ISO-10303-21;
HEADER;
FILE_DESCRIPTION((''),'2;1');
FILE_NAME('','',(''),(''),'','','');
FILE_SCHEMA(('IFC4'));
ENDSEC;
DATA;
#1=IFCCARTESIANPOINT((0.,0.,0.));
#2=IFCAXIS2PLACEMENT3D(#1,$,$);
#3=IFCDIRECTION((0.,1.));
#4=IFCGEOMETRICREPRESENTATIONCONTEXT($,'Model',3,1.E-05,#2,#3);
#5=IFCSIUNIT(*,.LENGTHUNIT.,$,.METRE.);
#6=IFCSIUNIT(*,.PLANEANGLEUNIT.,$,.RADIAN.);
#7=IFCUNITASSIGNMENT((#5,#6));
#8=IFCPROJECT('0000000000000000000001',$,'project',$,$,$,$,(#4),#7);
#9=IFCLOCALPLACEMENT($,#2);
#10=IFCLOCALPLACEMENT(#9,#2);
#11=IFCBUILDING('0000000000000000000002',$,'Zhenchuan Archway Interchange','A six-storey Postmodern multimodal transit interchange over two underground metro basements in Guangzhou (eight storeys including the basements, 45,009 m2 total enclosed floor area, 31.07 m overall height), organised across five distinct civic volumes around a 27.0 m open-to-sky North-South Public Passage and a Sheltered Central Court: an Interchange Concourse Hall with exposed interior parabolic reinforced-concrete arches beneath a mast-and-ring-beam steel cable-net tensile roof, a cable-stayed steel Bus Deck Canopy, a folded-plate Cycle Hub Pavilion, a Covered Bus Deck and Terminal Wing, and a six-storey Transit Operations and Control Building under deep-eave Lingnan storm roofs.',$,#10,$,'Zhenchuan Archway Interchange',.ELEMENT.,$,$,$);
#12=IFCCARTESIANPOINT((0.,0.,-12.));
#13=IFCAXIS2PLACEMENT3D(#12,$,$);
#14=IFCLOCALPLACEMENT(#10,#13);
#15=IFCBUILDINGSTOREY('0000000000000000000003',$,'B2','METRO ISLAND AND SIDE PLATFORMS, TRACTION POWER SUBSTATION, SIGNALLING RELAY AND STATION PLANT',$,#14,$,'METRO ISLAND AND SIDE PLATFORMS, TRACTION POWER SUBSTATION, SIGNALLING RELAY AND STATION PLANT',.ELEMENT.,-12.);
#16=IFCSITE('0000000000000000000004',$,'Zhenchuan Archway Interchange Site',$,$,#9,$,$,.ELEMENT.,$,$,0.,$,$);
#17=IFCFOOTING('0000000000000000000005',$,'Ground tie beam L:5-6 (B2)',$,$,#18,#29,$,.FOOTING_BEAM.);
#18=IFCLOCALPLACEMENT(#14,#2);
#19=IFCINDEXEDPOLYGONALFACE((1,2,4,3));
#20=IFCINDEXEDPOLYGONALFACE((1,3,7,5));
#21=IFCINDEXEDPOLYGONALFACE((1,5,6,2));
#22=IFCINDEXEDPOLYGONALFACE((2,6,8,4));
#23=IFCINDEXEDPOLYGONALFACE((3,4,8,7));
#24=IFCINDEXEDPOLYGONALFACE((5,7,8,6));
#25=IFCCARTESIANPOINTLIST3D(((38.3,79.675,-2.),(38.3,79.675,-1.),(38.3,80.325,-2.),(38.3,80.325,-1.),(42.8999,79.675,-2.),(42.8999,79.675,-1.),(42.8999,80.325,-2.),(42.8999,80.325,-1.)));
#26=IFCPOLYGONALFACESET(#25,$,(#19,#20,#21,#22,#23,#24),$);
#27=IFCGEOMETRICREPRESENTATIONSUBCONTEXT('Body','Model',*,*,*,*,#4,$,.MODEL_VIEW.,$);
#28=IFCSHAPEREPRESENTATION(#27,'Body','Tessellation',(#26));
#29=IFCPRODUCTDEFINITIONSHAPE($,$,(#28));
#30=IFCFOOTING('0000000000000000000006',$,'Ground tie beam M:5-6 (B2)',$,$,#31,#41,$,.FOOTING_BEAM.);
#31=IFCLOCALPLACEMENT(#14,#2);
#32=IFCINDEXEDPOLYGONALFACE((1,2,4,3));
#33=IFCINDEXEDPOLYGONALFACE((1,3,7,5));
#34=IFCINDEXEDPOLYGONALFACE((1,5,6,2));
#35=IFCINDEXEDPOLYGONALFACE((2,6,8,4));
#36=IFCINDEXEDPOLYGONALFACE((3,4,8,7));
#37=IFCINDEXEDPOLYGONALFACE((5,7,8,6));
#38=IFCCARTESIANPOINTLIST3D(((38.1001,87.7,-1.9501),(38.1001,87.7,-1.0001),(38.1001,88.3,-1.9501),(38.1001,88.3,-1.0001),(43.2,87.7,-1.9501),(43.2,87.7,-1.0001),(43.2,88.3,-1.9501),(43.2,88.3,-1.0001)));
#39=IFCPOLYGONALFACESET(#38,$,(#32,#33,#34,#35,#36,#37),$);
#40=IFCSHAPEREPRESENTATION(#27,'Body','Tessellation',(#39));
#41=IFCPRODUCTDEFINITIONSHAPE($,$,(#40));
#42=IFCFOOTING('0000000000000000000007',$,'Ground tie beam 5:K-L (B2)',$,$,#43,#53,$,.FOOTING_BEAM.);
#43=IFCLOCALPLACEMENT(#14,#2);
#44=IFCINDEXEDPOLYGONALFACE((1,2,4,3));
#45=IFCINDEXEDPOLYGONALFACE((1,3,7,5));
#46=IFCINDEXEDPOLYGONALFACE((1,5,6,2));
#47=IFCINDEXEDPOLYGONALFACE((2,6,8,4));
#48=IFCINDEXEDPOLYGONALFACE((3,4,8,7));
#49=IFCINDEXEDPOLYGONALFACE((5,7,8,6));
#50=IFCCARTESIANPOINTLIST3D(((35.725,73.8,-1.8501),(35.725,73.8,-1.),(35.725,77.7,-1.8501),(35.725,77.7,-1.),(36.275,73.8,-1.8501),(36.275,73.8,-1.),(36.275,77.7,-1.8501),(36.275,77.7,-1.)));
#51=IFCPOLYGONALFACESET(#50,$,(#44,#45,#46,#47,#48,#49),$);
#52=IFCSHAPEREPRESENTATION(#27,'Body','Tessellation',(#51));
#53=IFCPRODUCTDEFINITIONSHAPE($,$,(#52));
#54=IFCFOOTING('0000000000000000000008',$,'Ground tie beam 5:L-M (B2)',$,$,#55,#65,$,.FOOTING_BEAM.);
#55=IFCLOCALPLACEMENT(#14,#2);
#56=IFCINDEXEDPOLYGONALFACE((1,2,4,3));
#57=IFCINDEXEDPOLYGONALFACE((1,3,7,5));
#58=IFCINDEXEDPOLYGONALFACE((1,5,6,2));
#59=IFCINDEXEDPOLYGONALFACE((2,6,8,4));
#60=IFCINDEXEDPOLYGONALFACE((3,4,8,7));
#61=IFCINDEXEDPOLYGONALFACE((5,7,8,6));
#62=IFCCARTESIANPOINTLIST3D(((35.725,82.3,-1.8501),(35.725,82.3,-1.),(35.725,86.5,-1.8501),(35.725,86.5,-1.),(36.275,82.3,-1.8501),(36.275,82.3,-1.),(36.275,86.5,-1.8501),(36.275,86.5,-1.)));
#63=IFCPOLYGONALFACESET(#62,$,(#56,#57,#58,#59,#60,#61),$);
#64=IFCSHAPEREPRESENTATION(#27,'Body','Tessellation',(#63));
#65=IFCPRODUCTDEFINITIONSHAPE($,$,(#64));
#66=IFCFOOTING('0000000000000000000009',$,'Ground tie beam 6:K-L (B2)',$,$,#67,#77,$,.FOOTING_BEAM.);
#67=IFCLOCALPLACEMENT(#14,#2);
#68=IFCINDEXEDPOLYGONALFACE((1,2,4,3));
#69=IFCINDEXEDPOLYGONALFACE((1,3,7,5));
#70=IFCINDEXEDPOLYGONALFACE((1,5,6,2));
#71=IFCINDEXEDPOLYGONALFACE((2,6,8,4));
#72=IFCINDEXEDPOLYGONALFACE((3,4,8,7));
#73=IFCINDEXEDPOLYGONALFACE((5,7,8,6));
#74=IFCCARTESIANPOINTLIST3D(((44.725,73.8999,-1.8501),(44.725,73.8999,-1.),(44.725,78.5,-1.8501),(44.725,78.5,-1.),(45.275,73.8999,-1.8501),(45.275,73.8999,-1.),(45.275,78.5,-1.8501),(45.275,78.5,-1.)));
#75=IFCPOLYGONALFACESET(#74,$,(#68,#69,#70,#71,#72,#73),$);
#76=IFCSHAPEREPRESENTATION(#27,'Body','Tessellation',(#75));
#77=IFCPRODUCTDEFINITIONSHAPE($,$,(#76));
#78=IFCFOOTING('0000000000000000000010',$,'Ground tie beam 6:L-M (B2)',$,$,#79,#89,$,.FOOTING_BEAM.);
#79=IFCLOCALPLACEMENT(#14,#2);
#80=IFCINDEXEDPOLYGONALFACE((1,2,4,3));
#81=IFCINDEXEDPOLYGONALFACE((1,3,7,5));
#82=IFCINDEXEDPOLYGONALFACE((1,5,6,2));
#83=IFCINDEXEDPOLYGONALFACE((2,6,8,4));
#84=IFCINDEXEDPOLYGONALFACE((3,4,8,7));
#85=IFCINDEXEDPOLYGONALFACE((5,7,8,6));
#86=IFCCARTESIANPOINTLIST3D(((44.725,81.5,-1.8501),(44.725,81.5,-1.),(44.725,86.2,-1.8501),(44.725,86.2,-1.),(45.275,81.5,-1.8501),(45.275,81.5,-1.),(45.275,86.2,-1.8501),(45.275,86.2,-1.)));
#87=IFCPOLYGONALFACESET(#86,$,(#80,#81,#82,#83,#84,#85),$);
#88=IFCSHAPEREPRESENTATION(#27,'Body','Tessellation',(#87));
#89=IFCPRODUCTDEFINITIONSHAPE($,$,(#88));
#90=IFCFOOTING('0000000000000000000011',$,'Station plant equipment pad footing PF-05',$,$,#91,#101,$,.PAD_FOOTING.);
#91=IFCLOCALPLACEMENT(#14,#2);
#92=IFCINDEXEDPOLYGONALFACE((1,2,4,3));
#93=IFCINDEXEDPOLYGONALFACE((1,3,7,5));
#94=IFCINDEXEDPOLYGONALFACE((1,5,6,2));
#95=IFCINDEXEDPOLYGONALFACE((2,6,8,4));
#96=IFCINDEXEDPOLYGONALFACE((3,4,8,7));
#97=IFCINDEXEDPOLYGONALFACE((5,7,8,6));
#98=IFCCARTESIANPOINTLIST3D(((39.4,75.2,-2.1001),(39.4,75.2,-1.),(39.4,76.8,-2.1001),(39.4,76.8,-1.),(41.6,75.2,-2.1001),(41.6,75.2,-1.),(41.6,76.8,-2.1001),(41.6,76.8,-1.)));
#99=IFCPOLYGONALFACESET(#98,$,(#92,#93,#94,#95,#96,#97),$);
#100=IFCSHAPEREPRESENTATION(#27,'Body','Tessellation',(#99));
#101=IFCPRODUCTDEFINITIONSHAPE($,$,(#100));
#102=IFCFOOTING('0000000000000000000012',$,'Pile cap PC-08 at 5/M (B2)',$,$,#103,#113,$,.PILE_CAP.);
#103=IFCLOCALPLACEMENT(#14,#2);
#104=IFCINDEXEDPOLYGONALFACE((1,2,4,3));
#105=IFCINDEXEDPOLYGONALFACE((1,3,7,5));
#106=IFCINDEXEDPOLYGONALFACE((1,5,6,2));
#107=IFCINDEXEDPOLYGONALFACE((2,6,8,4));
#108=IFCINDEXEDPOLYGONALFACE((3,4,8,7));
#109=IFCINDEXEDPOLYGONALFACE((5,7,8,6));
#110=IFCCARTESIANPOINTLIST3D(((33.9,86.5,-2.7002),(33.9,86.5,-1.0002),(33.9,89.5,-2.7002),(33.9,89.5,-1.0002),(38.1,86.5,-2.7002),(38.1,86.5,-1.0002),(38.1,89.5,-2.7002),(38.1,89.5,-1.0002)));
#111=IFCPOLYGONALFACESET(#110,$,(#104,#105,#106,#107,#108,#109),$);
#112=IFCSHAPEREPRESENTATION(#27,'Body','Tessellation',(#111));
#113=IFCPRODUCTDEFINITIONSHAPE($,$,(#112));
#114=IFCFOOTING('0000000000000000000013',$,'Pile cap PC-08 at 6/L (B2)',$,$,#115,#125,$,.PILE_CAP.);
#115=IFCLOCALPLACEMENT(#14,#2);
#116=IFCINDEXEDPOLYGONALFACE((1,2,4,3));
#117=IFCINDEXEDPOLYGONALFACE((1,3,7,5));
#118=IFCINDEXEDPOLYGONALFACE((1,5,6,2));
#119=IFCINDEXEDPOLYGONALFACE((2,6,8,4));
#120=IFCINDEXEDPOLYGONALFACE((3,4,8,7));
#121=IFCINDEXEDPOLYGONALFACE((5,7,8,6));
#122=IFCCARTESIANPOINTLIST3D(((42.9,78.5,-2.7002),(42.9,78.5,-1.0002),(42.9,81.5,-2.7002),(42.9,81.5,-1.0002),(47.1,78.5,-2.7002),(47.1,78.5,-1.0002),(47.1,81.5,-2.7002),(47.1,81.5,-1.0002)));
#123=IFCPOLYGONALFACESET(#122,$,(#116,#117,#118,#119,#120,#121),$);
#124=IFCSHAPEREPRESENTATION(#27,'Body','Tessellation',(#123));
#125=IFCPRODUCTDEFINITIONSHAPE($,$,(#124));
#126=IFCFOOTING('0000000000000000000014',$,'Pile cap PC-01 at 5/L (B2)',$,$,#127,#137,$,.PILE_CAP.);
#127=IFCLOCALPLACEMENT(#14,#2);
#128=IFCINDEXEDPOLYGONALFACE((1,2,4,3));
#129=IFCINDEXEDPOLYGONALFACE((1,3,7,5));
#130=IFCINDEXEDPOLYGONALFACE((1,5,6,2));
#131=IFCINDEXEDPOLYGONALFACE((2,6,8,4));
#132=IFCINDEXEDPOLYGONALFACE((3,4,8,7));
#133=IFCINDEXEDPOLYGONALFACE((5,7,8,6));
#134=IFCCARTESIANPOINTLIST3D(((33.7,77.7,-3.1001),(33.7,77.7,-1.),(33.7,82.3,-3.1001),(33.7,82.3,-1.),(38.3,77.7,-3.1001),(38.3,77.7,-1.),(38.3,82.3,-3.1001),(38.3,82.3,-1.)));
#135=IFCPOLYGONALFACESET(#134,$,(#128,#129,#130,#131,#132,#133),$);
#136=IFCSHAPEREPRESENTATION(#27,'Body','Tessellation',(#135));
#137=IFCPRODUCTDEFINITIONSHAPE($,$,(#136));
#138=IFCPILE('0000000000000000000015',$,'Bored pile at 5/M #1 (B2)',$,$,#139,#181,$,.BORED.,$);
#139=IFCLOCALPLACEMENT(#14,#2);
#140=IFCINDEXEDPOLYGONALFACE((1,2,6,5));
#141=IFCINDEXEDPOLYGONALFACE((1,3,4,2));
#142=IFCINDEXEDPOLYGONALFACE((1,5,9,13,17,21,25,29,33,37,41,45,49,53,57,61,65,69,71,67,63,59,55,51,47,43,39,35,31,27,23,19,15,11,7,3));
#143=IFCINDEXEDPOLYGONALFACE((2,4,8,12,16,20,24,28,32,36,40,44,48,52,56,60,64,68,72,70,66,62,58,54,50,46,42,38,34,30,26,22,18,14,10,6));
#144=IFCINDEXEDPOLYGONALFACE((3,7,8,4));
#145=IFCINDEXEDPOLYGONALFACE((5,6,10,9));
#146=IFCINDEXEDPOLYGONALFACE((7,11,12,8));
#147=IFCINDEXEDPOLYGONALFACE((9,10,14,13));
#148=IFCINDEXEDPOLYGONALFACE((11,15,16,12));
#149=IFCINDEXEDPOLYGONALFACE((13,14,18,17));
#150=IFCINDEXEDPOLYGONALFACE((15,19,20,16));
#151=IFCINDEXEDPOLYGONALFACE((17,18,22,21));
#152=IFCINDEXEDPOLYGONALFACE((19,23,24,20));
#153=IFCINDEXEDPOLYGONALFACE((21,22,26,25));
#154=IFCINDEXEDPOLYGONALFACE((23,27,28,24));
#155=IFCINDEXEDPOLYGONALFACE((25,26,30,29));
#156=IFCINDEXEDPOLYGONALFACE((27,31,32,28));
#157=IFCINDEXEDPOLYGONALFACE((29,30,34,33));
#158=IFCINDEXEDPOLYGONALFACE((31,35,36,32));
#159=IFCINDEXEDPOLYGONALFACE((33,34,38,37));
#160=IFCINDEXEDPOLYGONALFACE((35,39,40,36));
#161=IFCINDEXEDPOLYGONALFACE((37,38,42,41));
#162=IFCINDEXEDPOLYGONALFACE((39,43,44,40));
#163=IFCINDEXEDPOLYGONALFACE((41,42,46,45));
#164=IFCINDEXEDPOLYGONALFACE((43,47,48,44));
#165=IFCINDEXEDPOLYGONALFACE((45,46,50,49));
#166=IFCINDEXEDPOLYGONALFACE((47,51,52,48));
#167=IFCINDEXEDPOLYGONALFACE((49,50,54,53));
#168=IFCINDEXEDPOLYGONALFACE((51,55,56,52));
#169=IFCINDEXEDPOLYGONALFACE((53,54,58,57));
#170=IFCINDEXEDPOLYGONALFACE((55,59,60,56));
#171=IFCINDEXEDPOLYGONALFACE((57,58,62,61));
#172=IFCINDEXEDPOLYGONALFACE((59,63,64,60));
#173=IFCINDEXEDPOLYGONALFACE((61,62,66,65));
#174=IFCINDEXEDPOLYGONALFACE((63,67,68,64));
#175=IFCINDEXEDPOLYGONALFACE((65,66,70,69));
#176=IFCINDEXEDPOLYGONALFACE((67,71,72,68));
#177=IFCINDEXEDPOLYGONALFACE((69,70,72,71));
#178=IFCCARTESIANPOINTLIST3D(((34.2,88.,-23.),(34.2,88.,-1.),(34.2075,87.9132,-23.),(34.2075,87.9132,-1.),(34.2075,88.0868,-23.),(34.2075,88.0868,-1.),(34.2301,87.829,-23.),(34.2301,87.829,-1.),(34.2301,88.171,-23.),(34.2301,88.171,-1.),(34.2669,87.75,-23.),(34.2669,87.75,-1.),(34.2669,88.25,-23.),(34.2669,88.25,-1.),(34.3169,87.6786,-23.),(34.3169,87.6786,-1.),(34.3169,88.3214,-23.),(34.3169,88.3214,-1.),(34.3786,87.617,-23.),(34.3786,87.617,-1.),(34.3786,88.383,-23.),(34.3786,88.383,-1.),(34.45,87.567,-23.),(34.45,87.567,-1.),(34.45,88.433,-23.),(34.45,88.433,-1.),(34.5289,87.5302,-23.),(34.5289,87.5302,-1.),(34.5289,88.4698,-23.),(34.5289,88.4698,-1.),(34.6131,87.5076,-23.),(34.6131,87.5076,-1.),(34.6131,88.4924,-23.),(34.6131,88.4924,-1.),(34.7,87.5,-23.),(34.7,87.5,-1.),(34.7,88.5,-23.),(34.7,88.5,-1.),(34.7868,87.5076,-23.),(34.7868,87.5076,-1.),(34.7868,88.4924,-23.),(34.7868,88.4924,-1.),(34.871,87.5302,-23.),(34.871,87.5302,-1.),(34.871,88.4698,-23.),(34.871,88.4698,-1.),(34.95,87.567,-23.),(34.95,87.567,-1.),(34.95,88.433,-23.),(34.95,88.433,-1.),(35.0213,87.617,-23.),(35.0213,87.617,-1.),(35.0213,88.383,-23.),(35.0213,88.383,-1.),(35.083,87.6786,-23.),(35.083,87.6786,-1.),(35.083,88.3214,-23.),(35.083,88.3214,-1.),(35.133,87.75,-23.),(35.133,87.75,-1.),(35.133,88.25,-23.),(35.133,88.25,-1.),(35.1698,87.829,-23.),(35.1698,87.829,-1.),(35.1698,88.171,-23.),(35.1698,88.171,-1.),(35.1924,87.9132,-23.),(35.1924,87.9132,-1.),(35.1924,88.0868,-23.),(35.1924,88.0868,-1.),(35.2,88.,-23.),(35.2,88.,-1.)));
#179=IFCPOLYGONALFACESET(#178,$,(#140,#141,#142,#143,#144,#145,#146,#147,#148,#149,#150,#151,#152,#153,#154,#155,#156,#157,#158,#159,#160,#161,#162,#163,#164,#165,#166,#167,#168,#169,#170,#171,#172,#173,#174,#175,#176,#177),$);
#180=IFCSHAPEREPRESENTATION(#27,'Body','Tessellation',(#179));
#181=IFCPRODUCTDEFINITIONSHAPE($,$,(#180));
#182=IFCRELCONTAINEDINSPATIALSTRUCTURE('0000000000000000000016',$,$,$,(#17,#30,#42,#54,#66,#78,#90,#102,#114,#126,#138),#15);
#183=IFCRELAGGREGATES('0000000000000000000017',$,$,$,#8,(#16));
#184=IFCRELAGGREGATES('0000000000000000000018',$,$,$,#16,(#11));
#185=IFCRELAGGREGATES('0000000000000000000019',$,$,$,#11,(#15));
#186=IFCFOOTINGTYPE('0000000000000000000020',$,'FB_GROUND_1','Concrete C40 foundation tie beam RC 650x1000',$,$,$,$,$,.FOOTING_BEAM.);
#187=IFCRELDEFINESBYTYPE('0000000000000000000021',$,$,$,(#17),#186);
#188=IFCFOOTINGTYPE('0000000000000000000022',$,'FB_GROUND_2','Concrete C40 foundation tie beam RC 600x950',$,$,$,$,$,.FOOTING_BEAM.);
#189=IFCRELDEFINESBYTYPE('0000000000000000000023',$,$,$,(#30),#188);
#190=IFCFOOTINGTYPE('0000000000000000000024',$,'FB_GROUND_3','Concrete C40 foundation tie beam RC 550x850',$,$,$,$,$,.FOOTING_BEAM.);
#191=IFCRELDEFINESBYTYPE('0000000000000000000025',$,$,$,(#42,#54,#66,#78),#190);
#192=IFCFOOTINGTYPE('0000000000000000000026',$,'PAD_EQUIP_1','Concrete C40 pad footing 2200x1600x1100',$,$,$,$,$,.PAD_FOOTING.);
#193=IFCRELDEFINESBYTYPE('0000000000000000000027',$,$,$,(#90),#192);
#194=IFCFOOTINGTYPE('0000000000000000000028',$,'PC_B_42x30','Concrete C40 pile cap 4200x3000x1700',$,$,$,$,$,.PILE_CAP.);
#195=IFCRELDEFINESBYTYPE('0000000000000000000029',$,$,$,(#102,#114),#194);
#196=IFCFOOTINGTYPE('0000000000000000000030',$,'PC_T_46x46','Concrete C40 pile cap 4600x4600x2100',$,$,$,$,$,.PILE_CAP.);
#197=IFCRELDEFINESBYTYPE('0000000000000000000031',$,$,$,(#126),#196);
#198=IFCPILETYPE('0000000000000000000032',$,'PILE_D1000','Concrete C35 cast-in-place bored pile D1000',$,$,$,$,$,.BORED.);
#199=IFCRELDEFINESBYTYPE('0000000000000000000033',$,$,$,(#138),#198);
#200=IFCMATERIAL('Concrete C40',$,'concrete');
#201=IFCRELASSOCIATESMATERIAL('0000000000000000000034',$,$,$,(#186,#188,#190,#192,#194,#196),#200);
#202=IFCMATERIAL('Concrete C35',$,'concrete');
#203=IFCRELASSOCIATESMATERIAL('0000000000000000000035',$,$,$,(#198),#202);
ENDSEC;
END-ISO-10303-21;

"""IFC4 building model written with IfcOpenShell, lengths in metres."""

from ifc_helpers import new_model, si_unit, direction, frame, origin, origin_2d, place, context, subcontext, project, spatial, rectangle, circle, extrude, material, material_profile, profile_set, type_object, element, save


model = new_model("IFC4")

# Units and contexts
model_context = context("Model", 3, precision=1e-05, world=origin(), true_north=direction((0.0, 1.0)))
body_context = subcontext(model_context, "Body", "Model", "MODEL_VIEW")
ifc_project = project(units=[si_unit("LENGTHUNIT", "METRE"), si_unit("PLANEANGLEUNIT", "RADIAN")], contexts=[model_context])

# Site, building, storey
site_placement = place(None, origin())
site = spatial("IfcSite", under=ifc_project, at=site_placement, Name="Zhenchuan Archway Interchange Site", CompositionType="ELEMENT", RefElevation=0.0)
building_placement = place(site_placement, origin())
building = spatial("IfcBuilding", under=site, at=building_placement, Name="Zhenchuan Archway Interchange", Description="A six-storey Postmodern multimodal transit interchange over two underground metro basements in Guangzhou (eight storeys including the basements, 45,009 m2 total enclosed floor area, 31.07 m overall height), organised across five distinct civic volumes around a 27.0 m open-to-sky North-South Public Passage and a Sheltered Central Court: an Interchange Concourse Hall with exposed interior parabolic reinforced-concrete arches beneath a mast-and-ring-beam steel cable-net tensile roof, a cable-stayed steel Bus Deck Canopy, a folded-plate Cycle Hub Pavilion, a Covered Bus Deck and Terminal Wing, and a six-storey Transit Operations and Control Building under deep-eave Lingnan storm roofs.", LongName="Zhenchuan Archway Interchange", CompositionType="ELEMENT")
storey_placement = place(building_placement, frame((0.0, 0.0, -12.0)))
storey = spatial("IfcBuildingStorey", under=building, at=storey_placement, Name="B2", Description="METRO ISLAND AND SIDE PLATFORMS, TRACTION POWER SUBSTATION, SIGNALLING RELAY AND STATION PLANT", LongName="METRO ISLAND AND SIDE PLATFORMS, TRACTION POWER SUBSTATION, SIGNALLING RELAY AND STATION PLANT", CompositionType="ELEMENT", Elevation=-12.0)

# Footings
ifc_material_1 = material(Name="Concrete C40", Category="concrete")
ifc_material_profile_1 = material_profile(ifc_material_1, rectangle(XDim=0.6499, YDim=1.0, at=origin_2d()), Name="RC 650x1000")
ifc_profile_set_1 = profile_set([ifc_material_profile_1], Name="Concrete C40")
footing_type_1 = type_object("IfcFootingType", Name="FB_GROUND_1", Description="Concrete C40 foundation tie beam RC 650x1000", PredefinedType="FOOTING_BEAM", material=ifc_profile_set_1)
footing_1_placement = place(storey_placement, frame((38.3, 80.0, -1.5), z_axis=(1.0, 0.0, 0.0), x_axis=(0.0, 1.0, 0.0)))
element("IfcFooting", 1, at=footing_1_placement, inside=storey, type_object=footing_type_1, Name="Ground tie beam L:5-6 (B2)", PredefinedType="FOOTING_BEAM", context=body_context, shape_type="SweptSolid", body=[
    extrude(rectangle(XDim=0.6499, YDim=1.0, at=origin_2d()), origin(), (0.0, 0.0, 1.0), 4.5999),
])
ifc_material_profile_2 = material_profile(ifc_material_1, rectangle(XDim=0.6001, YDim=0.95, at=origin_2d()), Name="RC 600x950")
ifc_profile_set_2 = profile_set([ifc_material_profile_2], Name="Concrete C40")
footing_type_2 = type_object("IfcFootingType", Name="FB_GROUND_2", Description="Concrete C40 foundation tie beam RC 600x950", PredefinedType="FOOTING_BEAM", material=ifc_profile_set_2)
footing_2_placement = place(storey_placement, frame((38.1001, 88.0, -1.4751), z_axis=(1.0, 0.0, 0.0), x_axis=(0.0, 1.0, 0.0)))
element("IfcFooting", 2, at=footing_2_placement, inside=storey, type_object=footing_type_2, Name="Ground tie beam M:5-6 (B2)", PredefinedType="FOOTING_BEAM", context=body_context, shape_type="SweptSolid", body=[
    extrude(rectangle(XDim=0.6001, YDim=0.95, at=origin_2d()), origin(), (0.0, 0.0, 1.0), 5.0999),
])
ifc_material_profile_3 = material_profile(ifc_material_1, rectangle(XDim=0.55, YDim=0.8501, at=origin_2d()), Name="RC 550x850")
ifc_profile_set_3 = profile_set([ifc_material_profile_3], Name="Concrete C40")
footing_type_3 = type_object("IfcFootingType", Name="FB_GROUND_3", Description="Concrete C40 foundation tie beam RC 550x850", PredefinedType="FOOTING_BEAM", material=ifc_profile_set_3)
footing_3_placement = place(storey_placement, frame((36.0, 73.8, -1.425), z_axis=(0.0, 1.0, 0.0), x_axis=(-1.0, 0.0, 0.0)))
element("IfcFooting", 3, at=footing_3_placement, inside=storey, type_object=footing_type_3, Name="Ground tie beam 5:K-L (B2)", PredefinedType="FOOTING_BEAM", context=body_context, shape_type="SweptSolid", body=[
    extrude(rectangle(XDim=0.55, YDim=0.8501, at=origin_2d()), origin(), (0.0, 0.0, 1.0), 3.8999),
])
footing_4_placement = place(storey_placement, frame((36.0, 82.3, -1.425), z_axis=(0.0, 1.0, 0.0), x_axis=(-1.0, 0.0, 0.0)))
element("IfcFooting", 4, at=footing_4_placement, inside=storey, type_object=footing_type_3, Name="Ground tie beam 5:L-M (B2)", PredefinedType="FOOTING_BEAM", context=body_context, shape_type="SweptSolid", body=[
    extrude(rectangle(XDim=0.55, YDim=0.8501, at=origin_2d()), origin(), (0.0, 0.0, 1.0), 4.2),
])
footing_5_placement = place(storey_placement, frame((45.0, 73.8999, -1.425), z_axis=(0.0, 1.0, 0.0), x_axis=(-1.0, 0.0, 0.0)))
element("IfcFooting", 5, at=footing_5_placement, inside=storey, type_object=footing_type_3, Name="Ground tie beam 6:K-L (B2)", PredefinedType="FOOTING_BEAM", context=body_context, shape_type="SweptSolid", body=[
    extrude(rectangle(XDim=0.55, YDim=0.8501, at=origin_2d()), origin(), (0.0, 0.0, 1.0), 4.6001),
])
footing_6_placement = place(storey_placement, frame((45.0, 81.5, -1.425), z_axis=(0.0, 1.0, 0.0), x_axis=(-1.0, 0.0, 0.0)))
element("IfcFooting", 6, at=footing_6_placement, inside=storey, type_object=footing_type_3, Name="Ground tie beam 6:L-M (B2)", PredefinedType="FOOTING_BEAM", context=body_context, shape_type="SweptSolid", body=[
    extrude(rectangle(XDim=0.55, YDim=0.8501, at=origin_2d()), origin(), (0.0, 0.0, 1.0), 4.7),
])
footing_type_4 = type_object("IfcFootingType", Name="PAD_EQUIP_1", Description="Concrete C40 pad footing 2200x1600x1100", PredefinedType="PAD_FOOTING", material=ifc_material_1)
footing_7_placement = place(storey_placement, frame((40.5, 76.0, -2.1001), z_axis=(0.0, 0.0, 1.0), x_axis=(1.0, 0.0, 0.0)))
element("IfcFooting", 7, at=footing_7_placement, inside=storey, type_object=footing_type_4, Name="Station plant equipment pad footing PF-05", PredefinedType="PAD_FOOTING", context=body_context, shape_type="SweptSolid", body=[
    extrude(rectangle(XDim=2.2, YDim=1.6001, at=origin_2d()), origin(), (0.0, 0.0, 1.0), 1.1001),
])
footing_type_5 = type_object("IfcFootingType", Name="PC_B_42x30", Description="Concrete C40 pile cap 4200x3000x1700", PredefinedType="PILE_CAP", material=ifc_material_1)
for number, where, z_axis, x_axis, name in (
    (8, (36.0, 88.0, -2.7002), (0.0, 0.0, 1.0), (1.0, 0.0, 0.0), "Pile cap PC-08 at 5/M (B2)"),
    (9, (45.0, 80.0, -2.7002), (0.0, 0.0, 1.0), (1.0, 0.0, 0.0), "Pile cap PC-08 at 6/L (B2)"),
):
    element("IfcFooting", number, at=place(storey_placement, frame(where, z_axis=z_axis, x_axis=x_axis)), inside=storey, type_object=footing_type_5, Name=name, PredefinedType="PILE_CAP", context=body_context, shape_type="SweptSolid", body=[
        extrude(rectangle(XDim=4.2, YDim=3.0, at=origin_2d()), origin(), (0.0, 0.0, 1.0), 1.7),
    ])
footing_type_6 = type_object("IfcFootingType", Name="PC_T_46x46", Description="Concrete C40 pile cap 4600x4600x2100", PredefinedType="PILE_CAP", material=ifc_material_1)
footing_8_placement = place(storey_placement, frame((36.0, 80.0, -3.1001), z_axis=(0.0, 0.0, 1.0), x_axis=(1.0, 0.0, 0.0)))
element("IfcFooting", 10, at=footing_8_placement, inside=storey, type_object=footing_type_6, Name="Pile cap PC-01 at 5/L (B2)", PredefinedType="PILE_CAP", context=body_context, shape_type="SweptSolid", body=[
    extrude(rectangle(XDim=4.6001, YDim=4.6001, at=origin_2d()), origin(), (0.0, 0.0, 1.0), 2.1001),
])

# Pile
ifc_material_2 = material(Name="Concrete C35", Category="concrete")
ifc_material_profile_4 = material_profile(ifc_material_2, circle(Radius=0.5, at=origin_2d()), Name="BORED PILE 1000")
ifc_profile_set_4 = profile_set([ifc_material_profile_4], Name="Concrete C35")
pile_type_1 = type_object("IfcPileType", Name="PILE_D1000", Description="Concrete C35 cast-in-place bored pile D1000", PredefinedType="BORED", material=ifc_profile_set_4)
for number, where, z_axis, x_axis, name in (
    (11, (34.7, 88.0, -1.0), (0.0, 0.0, -1.0), (1.0, 0.0, 0.0), "Bored pile at 5/M #1 (B2)"),
):
    element("IfcPile", number, at=place(storey_placement, frame(where, z_axis=z_axis, x_axis=x_axis)), inside=storey, type_object=pile_type_1, Name=name, PredefinedType="BORED", context=body_context, shape_type="SweptSolid", body=[
        extrude(circle(Radius=0.5, at=origin_2d()), origin(), (0.0, 0.0, 1.0), 22.0),
    ])

save(model, "model.ifc")
